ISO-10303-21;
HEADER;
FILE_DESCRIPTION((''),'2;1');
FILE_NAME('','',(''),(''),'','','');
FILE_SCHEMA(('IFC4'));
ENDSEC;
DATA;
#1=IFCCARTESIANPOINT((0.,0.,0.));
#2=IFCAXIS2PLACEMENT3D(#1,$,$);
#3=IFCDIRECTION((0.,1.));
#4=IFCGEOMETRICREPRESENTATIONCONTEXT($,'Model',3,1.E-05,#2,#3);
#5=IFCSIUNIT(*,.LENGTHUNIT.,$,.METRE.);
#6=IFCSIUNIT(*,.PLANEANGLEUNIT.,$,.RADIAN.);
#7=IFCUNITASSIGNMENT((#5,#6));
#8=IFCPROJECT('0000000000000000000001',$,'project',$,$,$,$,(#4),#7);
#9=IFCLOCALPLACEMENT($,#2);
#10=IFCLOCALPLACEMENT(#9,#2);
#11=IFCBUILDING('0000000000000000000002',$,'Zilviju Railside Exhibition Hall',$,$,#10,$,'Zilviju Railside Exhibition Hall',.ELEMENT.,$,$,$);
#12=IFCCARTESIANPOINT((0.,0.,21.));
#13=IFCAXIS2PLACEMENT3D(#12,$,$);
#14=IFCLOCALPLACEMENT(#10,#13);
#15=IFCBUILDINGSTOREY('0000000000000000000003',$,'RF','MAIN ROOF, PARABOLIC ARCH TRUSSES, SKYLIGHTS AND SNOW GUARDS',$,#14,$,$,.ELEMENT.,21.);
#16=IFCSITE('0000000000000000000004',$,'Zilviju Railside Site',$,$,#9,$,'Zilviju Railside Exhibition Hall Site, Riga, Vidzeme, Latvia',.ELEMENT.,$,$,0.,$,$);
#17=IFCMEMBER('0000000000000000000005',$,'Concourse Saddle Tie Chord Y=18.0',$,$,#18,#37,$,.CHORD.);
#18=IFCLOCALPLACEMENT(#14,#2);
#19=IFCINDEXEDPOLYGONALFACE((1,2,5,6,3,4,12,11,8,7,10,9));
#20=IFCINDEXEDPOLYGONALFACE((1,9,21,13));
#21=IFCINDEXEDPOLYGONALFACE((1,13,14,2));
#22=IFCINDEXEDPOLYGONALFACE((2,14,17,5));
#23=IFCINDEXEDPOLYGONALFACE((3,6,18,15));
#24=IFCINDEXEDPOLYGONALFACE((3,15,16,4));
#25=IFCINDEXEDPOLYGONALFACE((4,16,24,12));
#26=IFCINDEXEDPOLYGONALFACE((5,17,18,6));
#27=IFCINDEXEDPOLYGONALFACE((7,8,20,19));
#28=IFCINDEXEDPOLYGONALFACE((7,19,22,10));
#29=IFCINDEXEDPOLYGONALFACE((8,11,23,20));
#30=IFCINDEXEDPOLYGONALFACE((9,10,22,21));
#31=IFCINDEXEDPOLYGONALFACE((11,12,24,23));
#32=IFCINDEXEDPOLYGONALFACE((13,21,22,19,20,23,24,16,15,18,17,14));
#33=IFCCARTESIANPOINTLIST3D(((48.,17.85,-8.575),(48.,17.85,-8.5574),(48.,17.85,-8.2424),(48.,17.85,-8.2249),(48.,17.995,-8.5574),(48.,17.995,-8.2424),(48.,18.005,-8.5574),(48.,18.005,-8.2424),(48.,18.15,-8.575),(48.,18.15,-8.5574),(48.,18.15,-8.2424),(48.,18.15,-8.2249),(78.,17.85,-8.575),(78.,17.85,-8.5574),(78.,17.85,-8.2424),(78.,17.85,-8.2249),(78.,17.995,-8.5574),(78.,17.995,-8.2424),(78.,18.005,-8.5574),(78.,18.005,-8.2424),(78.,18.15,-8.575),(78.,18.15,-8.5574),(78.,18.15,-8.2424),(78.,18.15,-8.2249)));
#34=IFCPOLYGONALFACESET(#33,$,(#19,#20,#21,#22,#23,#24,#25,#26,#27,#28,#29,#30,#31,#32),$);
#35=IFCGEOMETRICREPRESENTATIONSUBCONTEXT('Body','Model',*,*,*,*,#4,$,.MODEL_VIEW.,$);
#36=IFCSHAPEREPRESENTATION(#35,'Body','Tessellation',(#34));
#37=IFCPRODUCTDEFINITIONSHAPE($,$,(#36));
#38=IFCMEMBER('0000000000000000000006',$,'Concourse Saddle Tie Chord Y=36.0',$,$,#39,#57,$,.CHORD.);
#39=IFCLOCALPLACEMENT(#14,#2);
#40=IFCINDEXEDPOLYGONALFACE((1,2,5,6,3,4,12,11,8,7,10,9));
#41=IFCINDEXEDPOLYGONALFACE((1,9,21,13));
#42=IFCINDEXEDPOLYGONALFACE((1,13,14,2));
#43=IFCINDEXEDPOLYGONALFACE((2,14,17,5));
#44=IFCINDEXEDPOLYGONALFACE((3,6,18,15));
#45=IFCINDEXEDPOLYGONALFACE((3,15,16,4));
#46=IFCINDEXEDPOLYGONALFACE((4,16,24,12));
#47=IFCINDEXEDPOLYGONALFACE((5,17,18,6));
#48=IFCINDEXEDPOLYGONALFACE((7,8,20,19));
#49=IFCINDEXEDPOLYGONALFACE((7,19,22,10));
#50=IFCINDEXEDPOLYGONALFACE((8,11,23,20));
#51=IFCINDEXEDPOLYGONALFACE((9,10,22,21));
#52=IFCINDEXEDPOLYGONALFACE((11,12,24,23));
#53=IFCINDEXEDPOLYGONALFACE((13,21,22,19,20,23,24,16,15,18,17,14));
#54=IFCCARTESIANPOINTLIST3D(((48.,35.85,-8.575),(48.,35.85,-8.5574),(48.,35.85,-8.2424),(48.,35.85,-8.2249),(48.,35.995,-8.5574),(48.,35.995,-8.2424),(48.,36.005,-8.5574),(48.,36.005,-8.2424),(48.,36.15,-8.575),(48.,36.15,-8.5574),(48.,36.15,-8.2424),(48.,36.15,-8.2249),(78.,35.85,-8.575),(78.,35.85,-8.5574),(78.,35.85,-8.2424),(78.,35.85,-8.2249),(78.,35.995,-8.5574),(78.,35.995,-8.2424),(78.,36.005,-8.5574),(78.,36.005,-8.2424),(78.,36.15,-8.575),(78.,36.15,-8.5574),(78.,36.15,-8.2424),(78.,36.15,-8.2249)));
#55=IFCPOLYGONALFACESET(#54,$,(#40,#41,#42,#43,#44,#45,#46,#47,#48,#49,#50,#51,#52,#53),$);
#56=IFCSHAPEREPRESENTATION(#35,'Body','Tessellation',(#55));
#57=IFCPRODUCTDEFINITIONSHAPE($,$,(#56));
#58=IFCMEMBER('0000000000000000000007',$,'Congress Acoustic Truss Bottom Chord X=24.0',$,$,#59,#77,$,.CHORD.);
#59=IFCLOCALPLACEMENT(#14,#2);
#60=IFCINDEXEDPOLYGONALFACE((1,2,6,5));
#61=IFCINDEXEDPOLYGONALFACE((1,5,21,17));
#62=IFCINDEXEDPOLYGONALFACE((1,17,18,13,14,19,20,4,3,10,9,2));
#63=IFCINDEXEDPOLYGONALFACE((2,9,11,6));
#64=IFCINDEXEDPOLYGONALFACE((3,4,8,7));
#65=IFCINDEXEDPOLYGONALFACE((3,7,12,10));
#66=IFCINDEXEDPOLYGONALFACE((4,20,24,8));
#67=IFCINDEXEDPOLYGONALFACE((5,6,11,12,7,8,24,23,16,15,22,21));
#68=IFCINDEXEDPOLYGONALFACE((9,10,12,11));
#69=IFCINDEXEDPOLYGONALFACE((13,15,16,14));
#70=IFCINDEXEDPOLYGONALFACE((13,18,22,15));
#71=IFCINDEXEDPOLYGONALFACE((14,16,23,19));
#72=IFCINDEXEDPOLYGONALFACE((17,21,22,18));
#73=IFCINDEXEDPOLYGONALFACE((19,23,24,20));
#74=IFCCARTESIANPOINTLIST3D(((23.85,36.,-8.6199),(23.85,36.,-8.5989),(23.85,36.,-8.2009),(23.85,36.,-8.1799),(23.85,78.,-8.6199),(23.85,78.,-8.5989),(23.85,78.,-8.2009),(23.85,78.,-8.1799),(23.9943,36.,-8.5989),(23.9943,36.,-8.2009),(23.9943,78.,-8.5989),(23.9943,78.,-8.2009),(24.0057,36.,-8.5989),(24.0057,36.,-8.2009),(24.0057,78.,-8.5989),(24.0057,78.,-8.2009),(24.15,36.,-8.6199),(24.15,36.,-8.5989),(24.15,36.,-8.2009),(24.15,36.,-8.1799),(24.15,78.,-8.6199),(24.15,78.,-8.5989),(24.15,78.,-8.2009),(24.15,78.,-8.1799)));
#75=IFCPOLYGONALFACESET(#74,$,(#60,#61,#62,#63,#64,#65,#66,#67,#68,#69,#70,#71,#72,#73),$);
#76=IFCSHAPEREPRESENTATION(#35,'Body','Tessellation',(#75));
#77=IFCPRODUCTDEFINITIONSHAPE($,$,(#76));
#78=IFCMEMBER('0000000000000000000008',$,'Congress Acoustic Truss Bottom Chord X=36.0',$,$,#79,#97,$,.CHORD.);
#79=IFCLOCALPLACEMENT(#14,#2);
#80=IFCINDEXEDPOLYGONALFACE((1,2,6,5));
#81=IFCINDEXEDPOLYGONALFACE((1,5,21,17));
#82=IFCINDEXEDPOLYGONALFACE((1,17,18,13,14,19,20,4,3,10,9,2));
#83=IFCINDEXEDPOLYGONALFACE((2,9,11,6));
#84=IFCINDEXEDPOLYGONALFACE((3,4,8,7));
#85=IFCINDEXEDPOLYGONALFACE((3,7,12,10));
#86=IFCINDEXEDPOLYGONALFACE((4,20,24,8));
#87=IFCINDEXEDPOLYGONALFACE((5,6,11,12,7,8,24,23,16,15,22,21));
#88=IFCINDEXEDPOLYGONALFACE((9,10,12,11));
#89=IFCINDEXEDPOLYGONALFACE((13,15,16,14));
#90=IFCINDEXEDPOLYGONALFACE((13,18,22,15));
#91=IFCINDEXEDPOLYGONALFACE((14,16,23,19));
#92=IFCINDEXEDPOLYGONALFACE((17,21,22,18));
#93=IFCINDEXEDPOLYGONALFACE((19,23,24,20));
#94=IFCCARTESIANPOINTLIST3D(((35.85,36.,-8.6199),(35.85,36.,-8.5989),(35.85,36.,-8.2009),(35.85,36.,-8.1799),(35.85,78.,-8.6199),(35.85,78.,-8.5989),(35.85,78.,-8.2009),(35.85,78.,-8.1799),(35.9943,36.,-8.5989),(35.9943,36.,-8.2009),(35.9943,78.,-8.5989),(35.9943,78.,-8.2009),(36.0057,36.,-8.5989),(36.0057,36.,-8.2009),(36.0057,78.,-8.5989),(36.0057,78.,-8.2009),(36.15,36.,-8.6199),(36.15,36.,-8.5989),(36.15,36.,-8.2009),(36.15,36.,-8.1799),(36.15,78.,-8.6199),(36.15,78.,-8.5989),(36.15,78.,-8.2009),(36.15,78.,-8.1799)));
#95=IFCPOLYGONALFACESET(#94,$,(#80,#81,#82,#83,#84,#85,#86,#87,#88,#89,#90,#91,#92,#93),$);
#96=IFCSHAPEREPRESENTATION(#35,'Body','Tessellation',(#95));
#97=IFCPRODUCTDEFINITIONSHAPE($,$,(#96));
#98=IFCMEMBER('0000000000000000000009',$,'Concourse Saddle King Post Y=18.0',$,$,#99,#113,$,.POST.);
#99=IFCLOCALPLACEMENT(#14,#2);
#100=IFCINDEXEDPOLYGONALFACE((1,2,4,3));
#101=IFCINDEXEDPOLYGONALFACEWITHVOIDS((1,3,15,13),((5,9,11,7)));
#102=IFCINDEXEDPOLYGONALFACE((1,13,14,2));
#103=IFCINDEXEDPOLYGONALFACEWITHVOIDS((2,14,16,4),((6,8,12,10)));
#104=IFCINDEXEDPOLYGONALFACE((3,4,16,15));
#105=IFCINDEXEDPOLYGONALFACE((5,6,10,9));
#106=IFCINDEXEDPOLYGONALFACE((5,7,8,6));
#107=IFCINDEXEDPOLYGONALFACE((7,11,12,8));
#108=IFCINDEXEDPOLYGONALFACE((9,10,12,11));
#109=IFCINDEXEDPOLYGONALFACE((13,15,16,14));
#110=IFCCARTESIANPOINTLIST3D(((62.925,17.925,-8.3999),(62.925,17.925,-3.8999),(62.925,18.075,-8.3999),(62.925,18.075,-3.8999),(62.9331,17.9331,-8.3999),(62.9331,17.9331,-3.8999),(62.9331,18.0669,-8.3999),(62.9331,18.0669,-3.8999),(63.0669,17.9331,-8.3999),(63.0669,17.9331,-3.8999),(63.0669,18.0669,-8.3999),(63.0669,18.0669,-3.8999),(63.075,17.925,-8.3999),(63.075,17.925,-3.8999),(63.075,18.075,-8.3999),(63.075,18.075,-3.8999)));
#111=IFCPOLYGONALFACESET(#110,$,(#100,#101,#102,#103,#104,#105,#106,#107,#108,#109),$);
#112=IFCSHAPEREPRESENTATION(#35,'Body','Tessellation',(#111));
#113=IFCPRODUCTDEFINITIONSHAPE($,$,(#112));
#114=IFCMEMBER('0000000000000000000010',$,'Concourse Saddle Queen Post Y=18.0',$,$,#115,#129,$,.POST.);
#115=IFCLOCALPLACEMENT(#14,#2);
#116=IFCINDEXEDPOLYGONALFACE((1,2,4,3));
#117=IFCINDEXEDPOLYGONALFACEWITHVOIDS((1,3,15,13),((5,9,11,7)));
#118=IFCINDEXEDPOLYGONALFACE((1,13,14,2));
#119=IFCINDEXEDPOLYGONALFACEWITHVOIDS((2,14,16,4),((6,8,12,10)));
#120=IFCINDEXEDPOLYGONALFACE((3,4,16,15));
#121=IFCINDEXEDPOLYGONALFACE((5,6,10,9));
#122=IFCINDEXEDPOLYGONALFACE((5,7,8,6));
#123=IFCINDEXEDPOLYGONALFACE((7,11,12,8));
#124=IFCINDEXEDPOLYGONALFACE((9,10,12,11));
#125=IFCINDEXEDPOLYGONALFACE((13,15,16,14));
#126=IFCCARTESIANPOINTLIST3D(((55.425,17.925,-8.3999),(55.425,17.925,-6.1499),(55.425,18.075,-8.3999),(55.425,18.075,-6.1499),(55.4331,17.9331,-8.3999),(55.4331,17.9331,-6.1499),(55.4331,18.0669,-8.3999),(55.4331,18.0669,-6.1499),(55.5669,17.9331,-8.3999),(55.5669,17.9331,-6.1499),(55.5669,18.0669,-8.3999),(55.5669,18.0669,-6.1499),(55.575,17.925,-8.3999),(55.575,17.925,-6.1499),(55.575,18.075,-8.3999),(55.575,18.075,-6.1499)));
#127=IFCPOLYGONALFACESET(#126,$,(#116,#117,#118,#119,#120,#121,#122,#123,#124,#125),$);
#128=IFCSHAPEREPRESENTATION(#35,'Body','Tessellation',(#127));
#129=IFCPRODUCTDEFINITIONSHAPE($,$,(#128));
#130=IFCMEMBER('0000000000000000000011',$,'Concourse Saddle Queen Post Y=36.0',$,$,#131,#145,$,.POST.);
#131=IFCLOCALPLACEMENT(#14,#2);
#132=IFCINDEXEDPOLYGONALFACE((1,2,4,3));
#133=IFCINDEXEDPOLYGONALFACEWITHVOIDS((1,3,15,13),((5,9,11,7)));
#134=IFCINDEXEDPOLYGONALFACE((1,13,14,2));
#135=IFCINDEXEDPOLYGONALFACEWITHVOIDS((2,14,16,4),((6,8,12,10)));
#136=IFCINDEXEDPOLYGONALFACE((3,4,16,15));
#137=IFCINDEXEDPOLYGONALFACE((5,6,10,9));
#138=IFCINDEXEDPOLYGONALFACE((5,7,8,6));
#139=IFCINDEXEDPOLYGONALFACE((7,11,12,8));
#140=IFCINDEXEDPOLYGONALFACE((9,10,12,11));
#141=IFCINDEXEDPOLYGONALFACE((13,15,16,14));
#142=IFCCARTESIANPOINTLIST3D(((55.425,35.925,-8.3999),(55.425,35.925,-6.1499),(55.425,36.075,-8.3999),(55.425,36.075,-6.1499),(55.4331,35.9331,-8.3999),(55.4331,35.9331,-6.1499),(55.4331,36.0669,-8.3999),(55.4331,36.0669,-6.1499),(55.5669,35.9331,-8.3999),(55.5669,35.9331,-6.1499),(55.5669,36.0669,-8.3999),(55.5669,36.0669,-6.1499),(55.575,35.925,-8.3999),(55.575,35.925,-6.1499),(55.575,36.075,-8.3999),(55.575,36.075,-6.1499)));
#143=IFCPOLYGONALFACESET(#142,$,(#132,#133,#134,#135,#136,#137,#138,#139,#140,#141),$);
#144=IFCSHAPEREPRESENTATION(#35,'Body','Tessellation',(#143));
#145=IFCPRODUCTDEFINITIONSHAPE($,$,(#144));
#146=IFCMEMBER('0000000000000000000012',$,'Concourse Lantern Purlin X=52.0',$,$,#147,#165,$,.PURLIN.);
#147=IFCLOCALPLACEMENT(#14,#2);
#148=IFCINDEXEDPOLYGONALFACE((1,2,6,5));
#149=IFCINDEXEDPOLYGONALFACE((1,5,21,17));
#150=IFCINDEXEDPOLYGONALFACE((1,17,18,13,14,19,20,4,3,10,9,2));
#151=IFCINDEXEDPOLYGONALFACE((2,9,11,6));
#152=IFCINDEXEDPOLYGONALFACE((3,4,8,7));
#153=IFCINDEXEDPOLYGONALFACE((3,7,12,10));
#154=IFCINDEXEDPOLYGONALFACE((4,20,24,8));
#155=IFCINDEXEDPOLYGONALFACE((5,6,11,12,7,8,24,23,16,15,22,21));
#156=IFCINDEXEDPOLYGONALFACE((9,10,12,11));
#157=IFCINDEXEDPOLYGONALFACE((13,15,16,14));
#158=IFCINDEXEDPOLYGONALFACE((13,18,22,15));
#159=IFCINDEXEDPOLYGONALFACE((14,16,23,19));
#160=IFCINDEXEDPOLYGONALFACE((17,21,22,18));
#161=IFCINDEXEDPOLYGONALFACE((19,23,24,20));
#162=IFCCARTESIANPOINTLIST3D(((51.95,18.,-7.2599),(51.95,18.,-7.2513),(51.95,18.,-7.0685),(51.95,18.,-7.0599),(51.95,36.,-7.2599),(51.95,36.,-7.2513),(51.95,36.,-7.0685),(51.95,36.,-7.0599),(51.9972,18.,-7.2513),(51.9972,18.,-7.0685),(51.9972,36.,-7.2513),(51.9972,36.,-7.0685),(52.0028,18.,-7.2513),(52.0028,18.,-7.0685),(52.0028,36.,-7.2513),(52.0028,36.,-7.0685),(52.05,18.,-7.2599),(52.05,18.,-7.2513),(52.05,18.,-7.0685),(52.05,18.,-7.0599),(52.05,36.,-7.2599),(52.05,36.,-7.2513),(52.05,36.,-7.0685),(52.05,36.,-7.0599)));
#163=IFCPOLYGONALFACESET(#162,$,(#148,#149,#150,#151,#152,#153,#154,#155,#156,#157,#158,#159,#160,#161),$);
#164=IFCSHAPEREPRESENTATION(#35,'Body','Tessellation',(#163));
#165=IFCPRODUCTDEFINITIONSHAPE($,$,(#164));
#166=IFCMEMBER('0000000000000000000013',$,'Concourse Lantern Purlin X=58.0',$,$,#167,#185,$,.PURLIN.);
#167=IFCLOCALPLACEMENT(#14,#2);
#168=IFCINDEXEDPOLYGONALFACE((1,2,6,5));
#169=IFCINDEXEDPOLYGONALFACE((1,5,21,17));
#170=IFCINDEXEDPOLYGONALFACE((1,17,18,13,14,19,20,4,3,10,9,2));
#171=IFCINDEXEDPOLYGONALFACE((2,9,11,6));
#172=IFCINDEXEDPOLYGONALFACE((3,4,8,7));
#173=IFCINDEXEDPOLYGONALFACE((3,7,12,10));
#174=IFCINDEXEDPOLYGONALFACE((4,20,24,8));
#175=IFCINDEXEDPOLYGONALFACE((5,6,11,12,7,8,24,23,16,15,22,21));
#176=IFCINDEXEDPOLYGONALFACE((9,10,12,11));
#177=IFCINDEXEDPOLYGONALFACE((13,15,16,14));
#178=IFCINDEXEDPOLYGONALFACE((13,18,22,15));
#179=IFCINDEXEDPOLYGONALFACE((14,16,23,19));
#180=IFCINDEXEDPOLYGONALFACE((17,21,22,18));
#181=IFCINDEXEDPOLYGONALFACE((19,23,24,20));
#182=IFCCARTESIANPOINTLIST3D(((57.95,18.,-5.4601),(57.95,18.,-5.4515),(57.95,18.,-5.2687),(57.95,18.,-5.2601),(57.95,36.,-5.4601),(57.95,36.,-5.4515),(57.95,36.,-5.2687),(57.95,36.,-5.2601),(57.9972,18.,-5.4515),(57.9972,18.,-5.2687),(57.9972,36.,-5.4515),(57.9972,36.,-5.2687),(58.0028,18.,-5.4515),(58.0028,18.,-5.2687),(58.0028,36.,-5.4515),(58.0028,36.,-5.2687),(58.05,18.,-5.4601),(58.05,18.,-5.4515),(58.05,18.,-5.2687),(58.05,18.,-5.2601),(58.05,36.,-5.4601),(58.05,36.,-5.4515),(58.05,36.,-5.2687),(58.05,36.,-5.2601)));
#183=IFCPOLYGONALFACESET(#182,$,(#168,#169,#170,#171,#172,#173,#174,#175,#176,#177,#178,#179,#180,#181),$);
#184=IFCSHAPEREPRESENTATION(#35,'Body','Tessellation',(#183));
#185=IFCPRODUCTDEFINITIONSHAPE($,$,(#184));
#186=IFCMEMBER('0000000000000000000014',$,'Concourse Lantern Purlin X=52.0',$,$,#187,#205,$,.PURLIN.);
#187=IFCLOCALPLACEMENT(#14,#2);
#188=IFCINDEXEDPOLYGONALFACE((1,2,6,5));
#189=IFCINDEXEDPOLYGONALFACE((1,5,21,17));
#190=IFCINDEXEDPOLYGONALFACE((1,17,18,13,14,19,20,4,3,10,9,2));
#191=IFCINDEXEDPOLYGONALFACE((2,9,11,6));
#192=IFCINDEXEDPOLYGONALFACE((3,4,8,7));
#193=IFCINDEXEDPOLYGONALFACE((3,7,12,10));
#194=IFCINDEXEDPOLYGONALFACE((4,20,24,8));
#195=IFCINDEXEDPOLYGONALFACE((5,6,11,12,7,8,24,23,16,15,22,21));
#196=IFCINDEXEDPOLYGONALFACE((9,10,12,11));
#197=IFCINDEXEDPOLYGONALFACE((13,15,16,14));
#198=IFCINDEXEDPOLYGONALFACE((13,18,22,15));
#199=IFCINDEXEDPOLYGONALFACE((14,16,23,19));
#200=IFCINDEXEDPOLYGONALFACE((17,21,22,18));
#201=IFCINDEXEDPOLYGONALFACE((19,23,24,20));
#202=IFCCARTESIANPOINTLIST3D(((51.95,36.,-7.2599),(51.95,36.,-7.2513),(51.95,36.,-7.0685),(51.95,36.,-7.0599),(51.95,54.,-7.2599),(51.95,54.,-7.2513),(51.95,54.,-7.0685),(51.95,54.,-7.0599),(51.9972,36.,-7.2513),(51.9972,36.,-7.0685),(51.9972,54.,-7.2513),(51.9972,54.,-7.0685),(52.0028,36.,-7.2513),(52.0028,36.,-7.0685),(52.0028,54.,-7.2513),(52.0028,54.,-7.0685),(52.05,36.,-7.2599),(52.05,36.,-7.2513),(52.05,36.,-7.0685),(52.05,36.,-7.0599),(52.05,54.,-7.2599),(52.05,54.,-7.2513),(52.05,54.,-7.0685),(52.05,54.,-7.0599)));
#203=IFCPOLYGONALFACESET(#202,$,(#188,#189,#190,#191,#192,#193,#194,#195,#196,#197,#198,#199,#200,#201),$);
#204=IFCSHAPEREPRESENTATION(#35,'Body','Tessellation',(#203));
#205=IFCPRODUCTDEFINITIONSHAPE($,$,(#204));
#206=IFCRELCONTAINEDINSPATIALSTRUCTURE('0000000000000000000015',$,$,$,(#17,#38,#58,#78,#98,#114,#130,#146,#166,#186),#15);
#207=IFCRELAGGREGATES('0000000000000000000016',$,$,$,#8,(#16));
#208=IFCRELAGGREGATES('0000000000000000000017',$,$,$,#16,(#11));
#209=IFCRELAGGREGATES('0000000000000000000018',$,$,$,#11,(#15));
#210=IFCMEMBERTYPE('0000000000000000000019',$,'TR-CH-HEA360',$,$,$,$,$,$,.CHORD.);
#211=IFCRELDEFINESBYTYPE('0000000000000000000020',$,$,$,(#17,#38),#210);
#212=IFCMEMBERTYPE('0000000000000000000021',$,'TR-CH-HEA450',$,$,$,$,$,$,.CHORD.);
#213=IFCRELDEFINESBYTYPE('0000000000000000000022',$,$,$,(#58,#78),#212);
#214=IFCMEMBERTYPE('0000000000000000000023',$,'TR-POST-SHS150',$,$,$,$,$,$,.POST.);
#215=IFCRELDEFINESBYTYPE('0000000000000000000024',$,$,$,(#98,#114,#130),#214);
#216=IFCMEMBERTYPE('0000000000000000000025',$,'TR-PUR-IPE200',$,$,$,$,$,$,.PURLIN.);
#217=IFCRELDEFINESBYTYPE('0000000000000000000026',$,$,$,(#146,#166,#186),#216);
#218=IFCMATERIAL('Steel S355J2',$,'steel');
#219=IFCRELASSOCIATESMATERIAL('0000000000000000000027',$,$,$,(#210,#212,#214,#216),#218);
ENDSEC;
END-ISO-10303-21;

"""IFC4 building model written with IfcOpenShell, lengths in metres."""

from ifc_helpers import new_model, si_unit, direction, frame, origin, origin_2d, place, context, subcontext, project, spatial, hollow_rectangle, i_section, extrude, material, material_profile, profile_set, type_object, element, save


model = new_model("IFC4")

# Units and contexts
model_context = context("Model", 3, precision=1e-05, world=origin(), true_north=direction((0.0, 1.0)))
body_context = subcontext(model_context, "Body", "Model", "MODEL_VIEW")
ifc_project = project(units=[si_unit("LENGTHUNIT", "METRE"), si_unit("PLANEANGLEUNIT", "RADIAN")], contexts=[model_context])

# Site, building, storey
site_placement = place(None, origin())
site = spatial("IfcSite", under=ifc_project, at=site_placement, Name="Zilviju Railside Site", LongName="Zilviju Railside Exhibition Hall Site, Riga, Vidzeme, Latvia", CompositionType="ELEMENT", RefElevation=0.0)
building_placement = place(site_placement, origin())
building = spatial("IfcBuilding", under=site, at=building_placement, Name="Zilviju Railside Exhibition Hall", LongName="Zilviju Railside Exhibition Hall", CompositionType="ELEMENT")
storey_placement = place(building_placement, frame((0.0, 0.0, 21.0)))
storey = spatial("IfcBuildingStorey", under=building, at=storey_placement, Name="RF", Description="MAIN ROOF, PARABOLIC ARCH TRUSSES, SKYLIGHTS AND SNOW GUARDS", CompositionType="ELEMENT", Elevation=21.0)

# Members
ifc_material_1 = material(Name="Steel S355J2", Category="steel")
ifc_material_profile_1 = material_profile(ifc_material_1, i_section(OverallWidth=0.3, OverallDepth=0.3501, WebThickness=0.01, FlangeThickness=0.0176, at=origin_2d()), Name="HEA 360")
ifc_profile_set_1 = profile_set([ifc_material_profile_1], Name="Steel S355J2")
member_type_1 = type_object("IfcMemberType", Name="TR-CH-HEA360", PredefinedType="CHORD", material=ifc_profile_set_1)
for number, where, z_axis, x_axis, name in (
    (1, (48.0, 18.0, -8.3999), (1.0, 0.0, 0.0), (0.0, 1.0, 0.0), "Concourse Saddle Tie Chord Y=18.0"),
    (2, (48.0, 36.0, -8.3999), (1.0, 0.0, 0.0), (0.0, 1.0, 0.0), "Concourse Saddle Tie Chord Y=36.0"),
):
    element("IfcMember", number, at=place(storey_placement, frame(where, z_axis=z_axis, x_axis=x_axis)), inside=storey, type_object=member_type_1, Name=name, PredefinedType="CHORD", context=body_context, shape_type="SweptSolid", body=[
        extrude(i_section(OverallWidth=0.3, OverallDepth=0.3501, WebThickness=0.01, FlangeThickness=0.0176, at=origin_2d()), origin(), (0.0, 0.0, 1.0), 30.0),
    ])
ifc_material_profile_2 = material_profile(ifc_material_1, i_section(OverallWidth=0.3, OverallDepth=0.4399, WebThickness=0.0115, FlangeThickness=0.021, at=origin_2d()), Name="HEA 450")
ifc_profile_set_2 = profile_set([ifc_material_profile_2], Name="Steel S355J2")
member_type_2 = type_object("IfcMemberType", Name="TR-CH-HEA450", PredefinedType="CHORD", material=ifc_profile_set_2)
for number, where, z_axis, x_axis, name in (
    (3, (24.0, 36.0, -8.3999), (0.0, 1.0, 0.0), (-1.0, 0.0, 0.0), "Congress Acoustic Truss Bottom Chord X=24.0"),
    (4, (36.0, 36.0, -8.3999), (0.0, 1.0, 0.0), (-1.0, 0.0, 0.0), "Congress Acoustic Truss Bottom Chord X=36.0"),
):
    element("IfcMember", number, at=place(storey_placement, frame(where, z_axis=z_axis, x_axis=x_axis)), inside=storey, type_object=member_type_2, Name=name, PredefinedType="CHORD", context=body_context, shape_type="SweptSolid", body=[
        extrude(i_section(OverallWidth=0.3, OverallDepth=0.4399, WebThickness=0.0115, FlangeThickness=0.021, at=origin_2d()), origin(), (0.0, 0.0, 1.0), 42.0),
    ])
ifc_material_profile_3 = material_profile(ifc_material_1, hollow_rectangle(XDim=0.1499, YDim=0.1499, WallThickness=0.0081, at=origin_2d()), Name="SHS 150x150x8.0")
ifc_profile_set_3 = profile_set([ifc_material_profile_3], Name="Steel S355J2")
member_type_3 = type_object("IfcMemberType", Name="TR-POST-SHS150", PredefinedType="POST", material=ifc_profile_set_3)
member_1_placement = place(storey_placement, frame((63.0, 18.0, -8.3999), z_axis=(0.0, 0.0, 1.0), x_axis=(1.0, 0.0, 0.0)))
element("IfcMember", 5, at=member_1_placement, inside=storey, type_object=member_type_3, Name="Concourse Saddle King Post Y=18.0", PredefinedType="POST", context=body_context, shape_type="SweptSolid", body=[
    extrude(hollow_rectangle(XDim=0.1499, YDim=0.1499, WallThickness=0.0081, at=origin_2d()), origin(), (0.0, 0.0, 1.0), 4.5),
])
for number, where, z_axis, x_axis, name in (
    (6, (55.5, 18.0, -8.3999), (0.0, 0.0, 1.0), (1.0, 0.0, 0.0), "Concourse Saddle Queen Post Y=18.0"),
    (7, (55.5, 36.0, -8.3999), (0.0, 0.0, 1.0), (1.0, 0.0, 0.0), "Concourse Saddle Queen Post Y=36.0"),
):
    element("IfcMember", number, at=place(storey_placement, frame(where, z_axis=z_axis, x_axis=x_axis)), inside=storey, type_object=member_type_3, Name=name, PredefinedType="POST", context=body_context, shape_type="SweptSolid", body=[
        extrude(hollow_rectangle(XDim=0.1499, YDim=0.1499, WallThickness=0.0081, at=origin_2d()), origin(), (0.0, 0.0, 1.0), 2.25),
    ])
ifc_material_profile_4 = material_profile(ifc_material_1, i_section(OverallWidth=0.1001, OverallDepth=0.2, WebThickness=0.0056, FlangeThickness=0.0085, at=origin_2d()), Name="IPE 200")
ifc_profile_set_4 = profile_set([ifc_material_profile_4], Name="Steel S355J2")
member_type_4 = type_object("IfcMemberType", Name="TR-PUR-IPE200", PredefinedType="PURLIN", material=ifc_profile_set_4)
for number, where, z_axis, x_axis, name in (
    (8, (52.0, 18.0, -7.1599), (0.0, 1.0, 0.0), (-1.0, 0.0, 0.0), "Concourse Lantern Purlin X=52.0"),
    (9, (58.0, 18.0, -5.3601), (0.0, 1.0, 0.0), (-1.0, 0.0, 0.0), "Concourse Lantern Purlin X=58.0"),
    (10, (52.0, 36.0, -7.1599), (0.0, 1.0, 0.0), (-1.0, 0.0, 0.0), "Concourse Lantern Purlin X=52.0"),
):
    element("IfcMember", number, at=place(storey_placement, frame(where, z_axis=z_axis, x_axis=x_axis)), inside=storey, type_object=member_type_4, Name=name, PredefinedType="PURLIN", context=body_context, shape_type="SweptSolid", body=[
        extrude(i_section(OverallWidth=0.1001, OverallDepth=0.2, WebThickness=0.0056, FlangeThickness=0.0085, at=origin_2d()), origin(), (0.0, 0.0, 1.0), 18.0),
    ])

save(model, "model.ifc")
